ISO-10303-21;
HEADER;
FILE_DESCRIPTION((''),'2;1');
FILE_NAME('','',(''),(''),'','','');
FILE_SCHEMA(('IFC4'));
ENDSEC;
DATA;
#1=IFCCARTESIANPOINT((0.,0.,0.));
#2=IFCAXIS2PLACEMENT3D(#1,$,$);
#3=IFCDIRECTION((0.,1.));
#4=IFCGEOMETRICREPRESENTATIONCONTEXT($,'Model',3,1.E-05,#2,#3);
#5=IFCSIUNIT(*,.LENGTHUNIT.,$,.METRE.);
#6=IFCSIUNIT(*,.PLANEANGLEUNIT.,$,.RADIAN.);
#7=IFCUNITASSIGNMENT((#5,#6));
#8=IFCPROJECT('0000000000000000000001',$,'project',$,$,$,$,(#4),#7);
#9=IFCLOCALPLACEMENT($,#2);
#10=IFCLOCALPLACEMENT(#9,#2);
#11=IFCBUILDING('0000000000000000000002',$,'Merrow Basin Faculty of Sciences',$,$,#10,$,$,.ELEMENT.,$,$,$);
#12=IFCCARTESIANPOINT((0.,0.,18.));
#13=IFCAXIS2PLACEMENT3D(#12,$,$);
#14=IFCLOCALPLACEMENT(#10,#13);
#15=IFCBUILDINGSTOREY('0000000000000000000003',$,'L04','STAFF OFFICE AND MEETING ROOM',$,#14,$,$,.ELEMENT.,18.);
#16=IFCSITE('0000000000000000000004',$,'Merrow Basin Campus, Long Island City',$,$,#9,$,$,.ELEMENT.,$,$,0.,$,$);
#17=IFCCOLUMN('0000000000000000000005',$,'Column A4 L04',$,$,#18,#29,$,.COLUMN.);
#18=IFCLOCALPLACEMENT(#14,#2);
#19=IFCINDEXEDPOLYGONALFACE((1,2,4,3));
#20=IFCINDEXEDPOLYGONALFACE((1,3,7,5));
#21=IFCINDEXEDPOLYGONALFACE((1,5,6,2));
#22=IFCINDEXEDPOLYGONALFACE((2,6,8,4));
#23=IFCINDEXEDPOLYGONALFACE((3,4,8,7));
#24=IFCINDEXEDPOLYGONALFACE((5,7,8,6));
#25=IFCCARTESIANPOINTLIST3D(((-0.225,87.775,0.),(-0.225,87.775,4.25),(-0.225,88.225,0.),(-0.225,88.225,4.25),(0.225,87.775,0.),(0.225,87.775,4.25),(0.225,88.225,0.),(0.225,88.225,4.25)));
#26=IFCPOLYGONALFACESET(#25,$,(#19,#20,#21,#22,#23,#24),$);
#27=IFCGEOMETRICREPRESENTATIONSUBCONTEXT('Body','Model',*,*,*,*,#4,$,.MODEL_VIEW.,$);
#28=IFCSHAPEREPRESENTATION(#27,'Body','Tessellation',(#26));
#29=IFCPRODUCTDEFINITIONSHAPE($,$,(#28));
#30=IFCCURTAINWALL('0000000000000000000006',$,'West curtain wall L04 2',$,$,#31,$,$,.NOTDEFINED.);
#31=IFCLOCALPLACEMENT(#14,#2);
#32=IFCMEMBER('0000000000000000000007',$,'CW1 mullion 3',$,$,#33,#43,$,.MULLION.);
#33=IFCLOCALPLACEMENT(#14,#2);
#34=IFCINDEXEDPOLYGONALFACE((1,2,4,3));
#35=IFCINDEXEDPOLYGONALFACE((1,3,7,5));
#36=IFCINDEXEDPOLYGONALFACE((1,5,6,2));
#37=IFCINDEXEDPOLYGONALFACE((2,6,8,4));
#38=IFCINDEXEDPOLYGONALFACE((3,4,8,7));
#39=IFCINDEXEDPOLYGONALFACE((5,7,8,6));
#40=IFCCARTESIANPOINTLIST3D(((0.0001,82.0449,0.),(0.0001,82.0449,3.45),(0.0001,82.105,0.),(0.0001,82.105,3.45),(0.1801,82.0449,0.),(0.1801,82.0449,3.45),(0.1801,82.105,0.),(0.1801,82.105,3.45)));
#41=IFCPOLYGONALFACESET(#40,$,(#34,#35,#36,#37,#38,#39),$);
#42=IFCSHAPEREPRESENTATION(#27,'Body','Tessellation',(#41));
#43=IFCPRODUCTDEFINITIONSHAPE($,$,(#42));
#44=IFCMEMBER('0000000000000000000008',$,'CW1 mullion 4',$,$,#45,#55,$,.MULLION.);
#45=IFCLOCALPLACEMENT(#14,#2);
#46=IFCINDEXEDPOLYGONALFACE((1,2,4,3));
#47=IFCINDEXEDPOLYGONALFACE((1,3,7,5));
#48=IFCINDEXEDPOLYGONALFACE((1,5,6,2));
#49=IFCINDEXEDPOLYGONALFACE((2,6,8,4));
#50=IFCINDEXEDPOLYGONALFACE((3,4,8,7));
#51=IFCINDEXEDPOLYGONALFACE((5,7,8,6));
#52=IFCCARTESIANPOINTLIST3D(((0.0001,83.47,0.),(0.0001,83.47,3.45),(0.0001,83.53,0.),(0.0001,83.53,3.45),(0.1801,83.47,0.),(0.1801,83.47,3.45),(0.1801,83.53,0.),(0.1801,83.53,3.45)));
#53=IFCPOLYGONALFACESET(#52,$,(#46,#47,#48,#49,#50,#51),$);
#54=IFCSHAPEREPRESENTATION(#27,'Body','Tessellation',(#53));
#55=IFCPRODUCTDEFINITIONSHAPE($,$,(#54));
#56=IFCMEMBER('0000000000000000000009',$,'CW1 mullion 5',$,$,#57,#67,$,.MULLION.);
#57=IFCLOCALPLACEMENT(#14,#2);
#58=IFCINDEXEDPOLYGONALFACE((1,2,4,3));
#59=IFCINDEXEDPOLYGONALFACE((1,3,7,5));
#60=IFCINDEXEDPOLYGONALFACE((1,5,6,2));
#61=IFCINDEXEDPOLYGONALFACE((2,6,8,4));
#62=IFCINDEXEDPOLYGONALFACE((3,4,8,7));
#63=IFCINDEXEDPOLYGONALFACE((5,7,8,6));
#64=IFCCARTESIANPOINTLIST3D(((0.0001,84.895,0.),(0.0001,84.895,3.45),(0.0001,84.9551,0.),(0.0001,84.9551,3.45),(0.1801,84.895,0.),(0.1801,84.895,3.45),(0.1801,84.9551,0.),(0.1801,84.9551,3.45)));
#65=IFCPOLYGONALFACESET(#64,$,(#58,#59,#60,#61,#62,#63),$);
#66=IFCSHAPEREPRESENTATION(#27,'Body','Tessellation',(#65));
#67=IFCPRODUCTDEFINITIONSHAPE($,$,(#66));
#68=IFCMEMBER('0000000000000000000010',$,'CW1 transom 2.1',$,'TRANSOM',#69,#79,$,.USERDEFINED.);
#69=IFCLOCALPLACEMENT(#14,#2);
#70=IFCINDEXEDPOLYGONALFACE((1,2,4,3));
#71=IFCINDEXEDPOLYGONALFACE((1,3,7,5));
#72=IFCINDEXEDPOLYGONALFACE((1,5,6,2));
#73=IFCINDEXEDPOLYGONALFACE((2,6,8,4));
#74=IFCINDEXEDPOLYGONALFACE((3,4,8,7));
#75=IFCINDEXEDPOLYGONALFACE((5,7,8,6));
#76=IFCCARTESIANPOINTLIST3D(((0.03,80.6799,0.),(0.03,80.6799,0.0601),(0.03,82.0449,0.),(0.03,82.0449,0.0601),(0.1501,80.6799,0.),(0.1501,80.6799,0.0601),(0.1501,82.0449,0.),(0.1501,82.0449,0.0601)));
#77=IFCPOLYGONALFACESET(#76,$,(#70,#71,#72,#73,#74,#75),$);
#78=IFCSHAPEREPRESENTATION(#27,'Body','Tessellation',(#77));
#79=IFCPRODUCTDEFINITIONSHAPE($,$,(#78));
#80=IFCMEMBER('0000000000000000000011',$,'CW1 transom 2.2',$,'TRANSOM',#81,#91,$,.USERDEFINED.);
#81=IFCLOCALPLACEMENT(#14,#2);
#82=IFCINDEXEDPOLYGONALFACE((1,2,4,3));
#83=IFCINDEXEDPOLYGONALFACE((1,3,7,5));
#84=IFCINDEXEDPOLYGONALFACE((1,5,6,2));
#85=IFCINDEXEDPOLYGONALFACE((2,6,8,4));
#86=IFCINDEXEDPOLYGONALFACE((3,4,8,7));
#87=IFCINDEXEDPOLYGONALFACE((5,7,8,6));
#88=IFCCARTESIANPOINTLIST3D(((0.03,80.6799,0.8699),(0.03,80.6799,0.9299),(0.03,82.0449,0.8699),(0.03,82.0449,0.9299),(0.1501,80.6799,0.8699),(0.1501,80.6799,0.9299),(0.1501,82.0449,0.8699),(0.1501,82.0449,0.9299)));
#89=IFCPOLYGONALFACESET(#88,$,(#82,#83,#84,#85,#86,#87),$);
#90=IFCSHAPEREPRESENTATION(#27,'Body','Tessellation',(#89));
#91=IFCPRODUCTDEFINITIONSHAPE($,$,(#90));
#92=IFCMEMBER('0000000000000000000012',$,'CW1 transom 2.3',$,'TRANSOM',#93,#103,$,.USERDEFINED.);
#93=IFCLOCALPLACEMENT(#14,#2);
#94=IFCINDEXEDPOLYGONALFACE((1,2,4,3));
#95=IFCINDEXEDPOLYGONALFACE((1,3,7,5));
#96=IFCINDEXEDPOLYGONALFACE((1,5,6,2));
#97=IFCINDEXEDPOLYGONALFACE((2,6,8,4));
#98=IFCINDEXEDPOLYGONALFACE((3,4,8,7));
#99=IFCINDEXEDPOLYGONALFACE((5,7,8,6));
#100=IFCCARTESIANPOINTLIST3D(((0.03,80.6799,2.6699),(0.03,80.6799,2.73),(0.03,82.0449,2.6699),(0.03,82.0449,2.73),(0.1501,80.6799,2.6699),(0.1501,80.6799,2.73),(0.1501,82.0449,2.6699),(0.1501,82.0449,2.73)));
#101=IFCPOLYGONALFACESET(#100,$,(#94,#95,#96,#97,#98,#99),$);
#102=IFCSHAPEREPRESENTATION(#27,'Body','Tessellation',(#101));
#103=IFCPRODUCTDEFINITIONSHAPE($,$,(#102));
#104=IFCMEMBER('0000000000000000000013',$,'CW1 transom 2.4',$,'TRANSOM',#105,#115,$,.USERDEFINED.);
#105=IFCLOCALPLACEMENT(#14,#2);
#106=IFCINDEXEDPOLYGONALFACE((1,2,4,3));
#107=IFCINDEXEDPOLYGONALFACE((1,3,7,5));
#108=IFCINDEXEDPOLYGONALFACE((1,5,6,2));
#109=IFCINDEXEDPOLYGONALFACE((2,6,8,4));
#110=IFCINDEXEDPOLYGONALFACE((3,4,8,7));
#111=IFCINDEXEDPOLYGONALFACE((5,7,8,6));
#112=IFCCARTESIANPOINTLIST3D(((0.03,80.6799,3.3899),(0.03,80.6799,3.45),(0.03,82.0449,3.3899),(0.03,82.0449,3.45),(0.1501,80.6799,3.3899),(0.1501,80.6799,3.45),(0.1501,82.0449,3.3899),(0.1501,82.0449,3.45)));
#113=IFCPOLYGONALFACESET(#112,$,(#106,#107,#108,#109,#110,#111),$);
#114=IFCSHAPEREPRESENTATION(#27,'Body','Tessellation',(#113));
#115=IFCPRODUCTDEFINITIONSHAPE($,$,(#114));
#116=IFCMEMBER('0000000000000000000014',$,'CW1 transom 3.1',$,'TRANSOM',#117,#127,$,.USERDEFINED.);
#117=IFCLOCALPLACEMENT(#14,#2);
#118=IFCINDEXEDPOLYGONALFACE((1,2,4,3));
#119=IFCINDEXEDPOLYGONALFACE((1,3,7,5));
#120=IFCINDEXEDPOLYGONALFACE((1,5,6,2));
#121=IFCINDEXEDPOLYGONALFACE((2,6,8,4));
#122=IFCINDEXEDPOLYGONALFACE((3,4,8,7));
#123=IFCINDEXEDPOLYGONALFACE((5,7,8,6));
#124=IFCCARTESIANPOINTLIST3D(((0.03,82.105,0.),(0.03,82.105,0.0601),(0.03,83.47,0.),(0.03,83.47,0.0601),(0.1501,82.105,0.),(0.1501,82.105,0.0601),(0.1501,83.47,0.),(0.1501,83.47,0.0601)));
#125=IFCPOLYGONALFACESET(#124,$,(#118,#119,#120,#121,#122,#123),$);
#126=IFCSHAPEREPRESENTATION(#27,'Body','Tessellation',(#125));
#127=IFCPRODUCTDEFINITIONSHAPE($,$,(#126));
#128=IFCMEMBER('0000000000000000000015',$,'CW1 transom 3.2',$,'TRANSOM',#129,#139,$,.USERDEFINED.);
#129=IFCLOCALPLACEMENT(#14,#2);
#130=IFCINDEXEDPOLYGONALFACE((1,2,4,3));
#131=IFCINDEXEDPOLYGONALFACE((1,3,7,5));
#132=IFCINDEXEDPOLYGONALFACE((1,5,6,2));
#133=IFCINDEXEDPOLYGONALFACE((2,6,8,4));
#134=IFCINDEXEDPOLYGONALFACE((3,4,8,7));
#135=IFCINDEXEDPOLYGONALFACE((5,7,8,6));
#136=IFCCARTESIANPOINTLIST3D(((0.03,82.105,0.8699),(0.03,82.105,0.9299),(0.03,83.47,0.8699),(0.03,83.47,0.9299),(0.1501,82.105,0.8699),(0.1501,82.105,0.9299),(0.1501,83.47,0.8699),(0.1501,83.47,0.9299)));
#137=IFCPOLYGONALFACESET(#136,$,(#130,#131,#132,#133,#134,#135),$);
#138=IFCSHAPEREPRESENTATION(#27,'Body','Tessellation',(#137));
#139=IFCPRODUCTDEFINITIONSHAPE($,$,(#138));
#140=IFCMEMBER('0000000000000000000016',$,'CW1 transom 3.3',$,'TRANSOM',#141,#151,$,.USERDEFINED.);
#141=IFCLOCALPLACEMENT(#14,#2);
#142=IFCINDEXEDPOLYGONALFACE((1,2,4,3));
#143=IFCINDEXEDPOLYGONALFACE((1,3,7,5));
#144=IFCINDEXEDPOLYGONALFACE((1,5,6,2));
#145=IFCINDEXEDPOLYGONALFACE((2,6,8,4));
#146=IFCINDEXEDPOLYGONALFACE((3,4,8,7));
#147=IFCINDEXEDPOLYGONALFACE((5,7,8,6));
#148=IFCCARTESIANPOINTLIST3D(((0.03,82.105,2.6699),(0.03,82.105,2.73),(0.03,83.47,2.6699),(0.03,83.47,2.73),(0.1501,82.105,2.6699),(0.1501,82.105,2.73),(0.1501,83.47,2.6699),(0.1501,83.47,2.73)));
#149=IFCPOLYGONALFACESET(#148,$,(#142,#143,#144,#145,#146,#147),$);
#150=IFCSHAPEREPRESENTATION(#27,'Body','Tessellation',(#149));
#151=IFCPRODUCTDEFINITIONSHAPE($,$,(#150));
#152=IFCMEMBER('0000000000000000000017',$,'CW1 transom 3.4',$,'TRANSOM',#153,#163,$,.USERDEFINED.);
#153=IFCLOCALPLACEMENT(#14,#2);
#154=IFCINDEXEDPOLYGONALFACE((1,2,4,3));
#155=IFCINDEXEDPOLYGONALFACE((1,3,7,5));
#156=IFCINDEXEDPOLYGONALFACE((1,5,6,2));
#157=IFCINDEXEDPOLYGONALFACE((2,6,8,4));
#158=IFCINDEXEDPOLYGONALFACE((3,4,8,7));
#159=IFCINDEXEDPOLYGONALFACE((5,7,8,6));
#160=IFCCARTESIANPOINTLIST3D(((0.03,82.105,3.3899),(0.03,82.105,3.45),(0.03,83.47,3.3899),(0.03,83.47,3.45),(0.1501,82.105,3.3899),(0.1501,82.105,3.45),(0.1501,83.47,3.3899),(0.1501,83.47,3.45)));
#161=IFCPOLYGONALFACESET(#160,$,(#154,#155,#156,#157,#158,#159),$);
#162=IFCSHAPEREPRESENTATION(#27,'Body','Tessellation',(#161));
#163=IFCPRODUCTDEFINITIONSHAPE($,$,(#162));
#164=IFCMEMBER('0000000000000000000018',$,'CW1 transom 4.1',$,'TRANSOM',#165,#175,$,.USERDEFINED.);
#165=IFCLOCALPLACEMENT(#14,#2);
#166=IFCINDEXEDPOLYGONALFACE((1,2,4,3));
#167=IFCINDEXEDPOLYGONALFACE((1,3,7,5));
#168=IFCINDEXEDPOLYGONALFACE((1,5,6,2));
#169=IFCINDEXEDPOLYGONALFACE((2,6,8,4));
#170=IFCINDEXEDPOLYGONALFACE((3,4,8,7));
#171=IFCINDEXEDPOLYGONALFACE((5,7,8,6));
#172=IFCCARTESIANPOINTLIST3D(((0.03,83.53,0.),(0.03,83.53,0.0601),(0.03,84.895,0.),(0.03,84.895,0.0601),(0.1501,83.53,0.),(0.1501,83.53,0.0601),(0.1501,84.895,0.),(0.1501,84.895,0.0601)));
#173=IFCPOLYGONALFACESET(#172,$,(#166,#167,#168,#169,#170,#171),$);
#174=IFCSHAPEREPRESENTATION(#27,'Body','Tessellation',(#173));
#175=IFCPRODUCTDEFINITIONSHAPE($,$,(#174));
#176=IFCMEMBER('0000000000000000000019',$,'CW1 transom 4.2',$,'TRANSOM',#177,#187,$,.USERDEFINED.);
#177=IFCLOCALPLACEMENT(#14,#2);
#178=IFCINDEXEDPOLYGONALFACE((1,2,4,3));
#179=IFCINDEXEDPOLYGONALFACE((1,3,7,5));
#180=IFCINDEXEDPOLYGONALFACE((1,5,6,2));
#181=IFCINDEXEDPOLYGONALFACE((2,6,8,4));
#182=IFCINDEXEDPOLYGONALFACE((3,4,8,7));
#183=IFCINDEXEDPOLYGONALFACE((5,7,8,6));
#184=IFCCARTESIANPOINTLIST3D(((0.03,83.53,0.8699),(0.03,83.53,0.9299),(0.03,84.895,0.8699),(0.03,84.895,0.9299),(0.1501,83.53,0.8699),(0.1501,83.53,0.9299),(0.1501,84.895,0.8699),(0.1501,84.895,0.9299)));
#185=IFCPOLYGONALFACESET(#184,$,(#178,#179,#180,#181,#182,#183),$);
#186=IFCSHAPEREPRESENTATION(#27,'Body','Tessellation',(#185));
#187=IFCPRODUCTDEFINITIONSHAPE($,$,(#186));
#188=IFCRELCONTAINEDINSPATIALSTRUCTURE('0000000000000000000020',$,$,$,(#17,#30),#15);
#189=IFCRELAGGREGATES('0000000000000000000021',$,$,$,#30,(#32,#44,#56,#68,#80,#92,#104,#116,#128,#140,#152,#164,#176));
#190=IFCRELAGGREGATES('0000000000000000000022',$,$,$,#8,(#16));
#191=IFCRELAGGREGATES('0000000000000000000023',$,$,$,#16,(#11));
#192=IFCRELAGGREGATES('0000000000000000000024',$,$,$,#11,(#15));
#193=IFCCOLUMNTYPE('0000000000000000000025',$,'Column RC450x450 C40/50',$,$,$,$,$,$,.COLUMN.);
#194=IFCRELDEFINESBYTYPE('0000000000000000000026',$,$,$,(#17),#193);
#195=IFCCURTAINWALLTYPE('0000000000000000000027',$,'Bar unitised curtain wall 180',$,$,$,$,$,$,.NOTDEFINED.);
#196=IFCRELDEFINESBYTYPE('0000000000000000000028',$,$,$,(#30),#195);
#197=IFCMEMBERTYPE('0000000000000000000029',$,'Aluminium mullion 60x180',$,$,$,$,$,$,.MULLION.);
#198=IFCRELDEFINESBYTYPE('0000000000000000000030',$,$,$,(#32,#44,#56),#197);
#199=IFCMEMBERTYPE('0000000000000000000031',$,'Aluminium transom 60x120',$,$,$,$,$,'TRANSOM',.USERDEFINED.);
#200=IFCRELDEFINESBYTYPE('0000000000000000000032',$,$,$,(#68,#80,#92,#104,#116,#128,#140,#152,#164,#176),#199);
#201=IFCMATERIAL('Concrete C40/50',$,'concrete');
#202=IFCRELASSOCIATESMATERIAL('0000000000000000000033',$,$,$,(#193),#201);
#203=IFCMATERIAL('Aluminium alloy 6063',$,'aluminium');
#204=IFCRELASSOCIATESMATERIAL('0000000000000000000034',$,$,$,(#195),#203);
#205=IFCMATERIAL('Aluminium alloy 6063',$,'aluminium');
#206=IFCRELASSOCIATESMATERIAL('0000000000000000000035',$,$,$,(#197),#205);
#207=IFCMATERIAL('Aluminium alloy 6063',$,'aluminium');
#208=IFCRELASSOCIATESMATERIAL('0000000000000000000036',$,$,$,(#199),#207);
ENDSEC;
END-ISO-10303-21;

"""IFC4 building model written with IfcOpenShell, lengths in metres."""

from ifc_helpers import new_model, si_unit, direction, frame, origin, origin_2d, place, context, subcontext, project, spatial, rectangle, extrude, material, material_profile, profile_set, type_object, element, aggregate, save


model = new_model("IFC4")

# Units and contexts
model_context = context("Model", 3, precision=1e-05, world=origin(), true_north=direction((0.0, 1.0)))
body_context = subcontext(model_context, "Body", "Model", "MODEL_VIEW")
ifc_project = project(units=[si_unit("LENGTHUNIT", "METRE"), si_unit("PLANEANGLEUNIT", "RADIAN")], contexts=[model_context])

# Site, building, storey
site_placement = place(None, origin())
site = spatial("IfcSite", under=ifc_project, at=site_placement, Name="Merrow Basin Campus, Long Island City", CompositionType="ELEMENT", RefElevation=0.0)
building_placement = place(site_placement, origin())
building = spatial("IfcBuilding", under=site, at=building_placement, Name="Merrow Basin Faculty of Sciences", CompositionType="ELEMENT")
storey_placement = place(building_placement, frame((0.0, 0.0, 18.0)))
storey = spatial("IfcBuildingStorey", under=building, at=storey_placement, Name="L04", Description="STAFF OFFICE AND MEETING ROOM", CompositionType="ELEMENT", Elevation=18.0)

# Column
ifc_material_1 = material(Name="Concrete C40/50", Category="concrete")
ifc_material_profile_1 = material_profile(ifc_material_1, rectangle(XDim=0.45, YDim=0.45, at=origin_2d()))
ifc_profile_set_1 = profile_set([ifc_material_profile_1], Name="Concrete C40/50")
column_type = type_object("IfcColumnType", Name="Column RC450x450 C40/50", PredefinedType="COLUMN", material=ifc_profile_set_1)
column_placement = place(storey_placement, frame((0.0, 88.0, 0.0), z_axis=(0.0, 0.0, 1.0), x_axis=(1.0, 0.0, 0.0)))
element("IfcColumn", 1, at=column_placement, inside=storey, type_object=column_type, Name="Column A4 L04", PredefinedType="COLUMN", context=body_context, shape_type="SweptSolid", body=[
    extrude(rectangle(XDim=0.45, YDim=0.45, at=origin_2d()), origin(), (0.0, 0.0, 1.0), 4.25),
])

# Curtain wall, members
ifc_material_2 = material(Name="Aluminium alloy 6063", Category="aluminium")
curtain_wall_type = type_object("IfcCurtainWallType", Name="Bar unitised curtain wall 180", PredefinedType="NOTDEFINED", material=ifc_material_2)
curtain_wall_placement = place(storey_placement, origin())
curtain_wall = element("IfcCurtainWall", 2, at=curtain_wall_placement, inside=storey, type_object=curtain_wall_type, Name="West curtain wall L04 2", PredefinedType="NOTDEFINED")
ifc_material_3 = material(Name="Aluminium alloy 6063", Category="aluminium")
ifc_material_profile_2 = material_profile(ifc_material_3, rectangle(XDim=0.1799, YDim=0.0601, at=origin_2d()))
ifc_profile_set_2 = profile_set([ifc_material_profile_2], Name="Aluminium alloy 6063")
member_type_1 = type_object("IfcMemberType", Name="Aluminium mullion 60x180", PredefinedType="MULLION", material=ifc_profile_set_2)
member_1_placement = place(storey_placement, frame((0.0901, 82.075, 0.0), z_axis=(0.0, 0.0, 1.0), x_axis=(-1.0, 0.0, 0.0)))
member_1 = element("IfcMember", 3, at=member_1_placement, type_object=member_type_1, Name="CW1 mullion 3", PredefinedType="MULLION", context=body_context, shape_type="SweptSolid", body=[
    extrude(rectangle(XDim=0.1799, YDim=0.0601, at=origin_2d()), origin(), (0.0, 0.0, 1.0), 3.45),
])
member_2_placement = place(storey_placement, frame((0.0901, 83.5, 0.0), z_axis=(0.0, 0.0, 1.0), x_axis=(-1.0, 0.0, 0.0)))
member_2 = element("IfcMember", 4, at=member_2_placement, type_object=member_type_1, Name="CW1 mullion 4", PredefinedType="MULLION", context=body_context, shape_type="SweptSolid", body=[
    extrude(rectangle(XDim=0.1799, YDim=0.0601, at=origin_2d()), origin(), (0.0, 0.0, 1.0), 3.45),
])
member_3_placement = place(storey_placement, frame((0.0901, 84.925, 0.0), z_axis=(0.0, 0.0, 1.0), x_axis=(-1.0, 0.0, 0.0)))
member_3 = element("IfcMember", 5, at=member_3_placement, type_object=member_type_1, Name="CW1 mullion 5", PredefinedType="MULLION", context=body_context, shape_type="SweptSolid", body=[
    extrude(rectangle(XDim=0.1799, YDim=0.0601, at=origin_2d()), origin(), (0.0, 0.0, 1.0), 3.45),
])
ifc_material_4 = material(Name="Aluminium alloy 6063", Category="aluminium")
ifc_material_profile_3 = material_profile(ifc_material_4, rectangle(XDim=0.1201, YDim=0.0601, at=origin_2d()))
ifc_profile_set_3 = profile_set([ifc_material_profile_3], Name="Aluminium alloy 6063")
member_type_2 = type_object("IfcMemberType", Name="Aluminium transom 60x120", ElementType="TRANSOM", PredefinedType="USERDEFINED", material=ifc_profile_set_3)
member_4_placement = place(storey_placement, frame((0.0901, 80.6799, 0.03), z_axis=(0.0, 1.0, 0.0), x_axis=(-1.0, 0.0, 0.0)))
member_4 = element("IfcMember", 6, at=member_4_placement, type_object=member_type_2, Name="CW1 transom 2.1", ObjectType="TRANSOM", PredefinedType="USERDEFINED", context=body_context, shape_type="SweptSolid", body=[
    extrude(rectangle(XDim=0.1201, YDim=0.0601, at=origin_2d()), origin(), (0.0, 0.0, 1.0), 1.365),
])
member_5_placement = place(storey_placement, frame((0.0901, 80.6799, 0.8999), z_axis=(0.0, 1.0, 0.0), x_axis=(-1.0, 0.0, 0.0)))
member_5 = element("IfcMember", 7, at=member_5_placement, type_object=member_type_2, Name="CW1 transom 2.2", ObjectType="TRANSOM", PredefinedType="USERDEFINED", context=body_context, shape_type="SweptSolid", body=[
    extrude(rectangle(XDim=0.1201, YDim=0.0601, at=origin_2d()), origin(), (0.0, 0.0, 1.0), 1.365),
])
member_6_placement = place(storey_placement, frame((0.0901, 80.6799, 2.7), z_axis=(0.0, 1.0, 0.0), x_axis=(-1.0, 0.0, 0.0)))
member_6 = element("IfcMember", 8, at=member_6_placement, type_object=member_type_2, Name="CW1 transom 2.3", ObjectType="TRANSOM", PredefinedType="USERDEFINED", context=body_context, shape_type="SweptSolid", body=[
    extrude(rectangle(XDim=0.1201, YDim=0.0601, at=origin_2d()), origin(), (0.0, 0.0, 1.0), 1.365),
])
member_7_placement = place(storey_placement, frame((0.0901, 80.6799, 3.4199), z_axis=(0.0, 1.0, 0.0), x_axis=(-1.0, 0.0, 0.0)))
member_7 = element("IfcMember", 9, at=member_7_placement, type_object=member_type_2, Name="CW1 transom 2.4", ObjectType="TRANSOM", PredefinedType="USERDEFINED", context=body_context, shape_type="SweptSolid", body=[
    extrude(rectangle(XDim=0.1201, YDim=0.0601, at=origin_2d()), origin(), (0.0, 0.0, 1.0), 1.365),
])
member_8_placement = place(storey_placement, frame((0.0901, 82.105, 0.03), z_axis=(0.0, 1.0, 0.0), x_axis=(-1.0, 0.0, 0.0)))
member_8 = element("IfcMember", 10, at=member_8_placement, type_object=member_type_2, Name="CW1 transom 3.1", ObjectType="TRANSOM", PredefinedType="USERDEFINED", context=body_context, shape_type="SweptSolid", body=[
    extrude(rectangle(XDim=0.1201, YDim=0.0601, at=origin_2d()), origin(), (0.0, 0.0, 1.0), 1.365),
])
member_9_placement = place(storey_placement, frame((0.0901, 82.105, 0.8999), z_axis=(0.0, 1.0, 0.0), x_axis=(-1.0, 0.0, 0.0)))
member_9 = element("IfcMember", 11, at=member_9_placement, type_object=member_type_2, Name="CW1 transom 3.2", ObjectType="TRANSOM", PredefinedType="USERDEFINED", context=body_context, shape_type="SweptSolid", body=[
    extrude(rectangle(XDim=0.1201, YDim=0.0601, at=origin_2d()), origin(), (0.0, 0.0, 1.0), 1.365),
])
member_10_placement = place(storey_placement, frame((0.0901, 82.105, 2.7), z_axis=(0.0, 1.0, 0.0), x_axis=(-1.0, 0.0, 0.0)))
member_10 = element("IfcMember", 12, at=member_10_placement, type_object=member_type_2, Name="CW1 transom 3.3", ObjectType="TRANSOM", PredefinedType="USERDEFINED", context=body_context, shape_type="SweptSolid", body=[
    extrude(rectangle(XDim=0.1201, YDim=0.0601, at=origin_2d()), origin(), (0.0, 0.0, 1.0), 1.365),
])
member_11_placement = place(storey_placement, frame((0.0901, 82.105, 3.4199), z_axis=(0.0, 1.0, 0.0), x_axis=(-1.0, 0.0, 0.0)))
member_11 = element("IfcMember", 13, at=member_11_placement, type_object=member_type_2, Name="CW1 transom 3.4", ObjectType="TRANSOM", PredefinedType="USERDEFINED", context=body_context, shape_type="SweptSolid", body=[
    extrude(rectangle(XDim=0.1201, YDim=0.0601, at=origin_2d()), origin(), (0.0, 0.0, 1.0), 1.365),
])
member_12_placement = place(storey_placement, frame((0.0901, 83.53, 0.03), z_axis=(0.0, 1.0, 0.0), x_axis=(-1.0, 0.0, 0.0)))
member_12 = element("IfcMember", 14, at=member_12_placement, type_object=member_type_2, Name="CW1 transom 4.1", ObjectType="TRANSOM", PredefinedType="USERDEFINED", context=body_context, shape_type="SweptSolid", body=[
    extrude(rectangle(XDim=0.1201, YDim=0.0601, at=origin_2d()), origin(), (0.0, 0.0, 1.0), 1.365),
])
member_13_placement = place(storey_placement, frame((0.0901, 83.53, 0.8999), z_axis=(0.0, 1.0, 0.0), x_axis=(-1.0, 0.0, 0.0)))
member_13 = element("IfcMember", 15, at=member_13_placement, type_object=member_type_2, Name="CW1 transom 4.2", ObjectType="TRANSOM", PredefinedType="USERDEFINED", context=body_context, shape_type="SweptSolid", body=[
    extrude(rectangle(XDim=0.1201, YDim=0.0601, at=origin_2d()), origin(), (0.0, 0.0, 1.0), 1.365),
])

aggregate(curtain_wall, [member_1, member_2, member_3, member_4, member_5, member_6, member_7, member_8, member_9, member_10, member_11, member_12, member_13])

save(model, "model.ifc")
